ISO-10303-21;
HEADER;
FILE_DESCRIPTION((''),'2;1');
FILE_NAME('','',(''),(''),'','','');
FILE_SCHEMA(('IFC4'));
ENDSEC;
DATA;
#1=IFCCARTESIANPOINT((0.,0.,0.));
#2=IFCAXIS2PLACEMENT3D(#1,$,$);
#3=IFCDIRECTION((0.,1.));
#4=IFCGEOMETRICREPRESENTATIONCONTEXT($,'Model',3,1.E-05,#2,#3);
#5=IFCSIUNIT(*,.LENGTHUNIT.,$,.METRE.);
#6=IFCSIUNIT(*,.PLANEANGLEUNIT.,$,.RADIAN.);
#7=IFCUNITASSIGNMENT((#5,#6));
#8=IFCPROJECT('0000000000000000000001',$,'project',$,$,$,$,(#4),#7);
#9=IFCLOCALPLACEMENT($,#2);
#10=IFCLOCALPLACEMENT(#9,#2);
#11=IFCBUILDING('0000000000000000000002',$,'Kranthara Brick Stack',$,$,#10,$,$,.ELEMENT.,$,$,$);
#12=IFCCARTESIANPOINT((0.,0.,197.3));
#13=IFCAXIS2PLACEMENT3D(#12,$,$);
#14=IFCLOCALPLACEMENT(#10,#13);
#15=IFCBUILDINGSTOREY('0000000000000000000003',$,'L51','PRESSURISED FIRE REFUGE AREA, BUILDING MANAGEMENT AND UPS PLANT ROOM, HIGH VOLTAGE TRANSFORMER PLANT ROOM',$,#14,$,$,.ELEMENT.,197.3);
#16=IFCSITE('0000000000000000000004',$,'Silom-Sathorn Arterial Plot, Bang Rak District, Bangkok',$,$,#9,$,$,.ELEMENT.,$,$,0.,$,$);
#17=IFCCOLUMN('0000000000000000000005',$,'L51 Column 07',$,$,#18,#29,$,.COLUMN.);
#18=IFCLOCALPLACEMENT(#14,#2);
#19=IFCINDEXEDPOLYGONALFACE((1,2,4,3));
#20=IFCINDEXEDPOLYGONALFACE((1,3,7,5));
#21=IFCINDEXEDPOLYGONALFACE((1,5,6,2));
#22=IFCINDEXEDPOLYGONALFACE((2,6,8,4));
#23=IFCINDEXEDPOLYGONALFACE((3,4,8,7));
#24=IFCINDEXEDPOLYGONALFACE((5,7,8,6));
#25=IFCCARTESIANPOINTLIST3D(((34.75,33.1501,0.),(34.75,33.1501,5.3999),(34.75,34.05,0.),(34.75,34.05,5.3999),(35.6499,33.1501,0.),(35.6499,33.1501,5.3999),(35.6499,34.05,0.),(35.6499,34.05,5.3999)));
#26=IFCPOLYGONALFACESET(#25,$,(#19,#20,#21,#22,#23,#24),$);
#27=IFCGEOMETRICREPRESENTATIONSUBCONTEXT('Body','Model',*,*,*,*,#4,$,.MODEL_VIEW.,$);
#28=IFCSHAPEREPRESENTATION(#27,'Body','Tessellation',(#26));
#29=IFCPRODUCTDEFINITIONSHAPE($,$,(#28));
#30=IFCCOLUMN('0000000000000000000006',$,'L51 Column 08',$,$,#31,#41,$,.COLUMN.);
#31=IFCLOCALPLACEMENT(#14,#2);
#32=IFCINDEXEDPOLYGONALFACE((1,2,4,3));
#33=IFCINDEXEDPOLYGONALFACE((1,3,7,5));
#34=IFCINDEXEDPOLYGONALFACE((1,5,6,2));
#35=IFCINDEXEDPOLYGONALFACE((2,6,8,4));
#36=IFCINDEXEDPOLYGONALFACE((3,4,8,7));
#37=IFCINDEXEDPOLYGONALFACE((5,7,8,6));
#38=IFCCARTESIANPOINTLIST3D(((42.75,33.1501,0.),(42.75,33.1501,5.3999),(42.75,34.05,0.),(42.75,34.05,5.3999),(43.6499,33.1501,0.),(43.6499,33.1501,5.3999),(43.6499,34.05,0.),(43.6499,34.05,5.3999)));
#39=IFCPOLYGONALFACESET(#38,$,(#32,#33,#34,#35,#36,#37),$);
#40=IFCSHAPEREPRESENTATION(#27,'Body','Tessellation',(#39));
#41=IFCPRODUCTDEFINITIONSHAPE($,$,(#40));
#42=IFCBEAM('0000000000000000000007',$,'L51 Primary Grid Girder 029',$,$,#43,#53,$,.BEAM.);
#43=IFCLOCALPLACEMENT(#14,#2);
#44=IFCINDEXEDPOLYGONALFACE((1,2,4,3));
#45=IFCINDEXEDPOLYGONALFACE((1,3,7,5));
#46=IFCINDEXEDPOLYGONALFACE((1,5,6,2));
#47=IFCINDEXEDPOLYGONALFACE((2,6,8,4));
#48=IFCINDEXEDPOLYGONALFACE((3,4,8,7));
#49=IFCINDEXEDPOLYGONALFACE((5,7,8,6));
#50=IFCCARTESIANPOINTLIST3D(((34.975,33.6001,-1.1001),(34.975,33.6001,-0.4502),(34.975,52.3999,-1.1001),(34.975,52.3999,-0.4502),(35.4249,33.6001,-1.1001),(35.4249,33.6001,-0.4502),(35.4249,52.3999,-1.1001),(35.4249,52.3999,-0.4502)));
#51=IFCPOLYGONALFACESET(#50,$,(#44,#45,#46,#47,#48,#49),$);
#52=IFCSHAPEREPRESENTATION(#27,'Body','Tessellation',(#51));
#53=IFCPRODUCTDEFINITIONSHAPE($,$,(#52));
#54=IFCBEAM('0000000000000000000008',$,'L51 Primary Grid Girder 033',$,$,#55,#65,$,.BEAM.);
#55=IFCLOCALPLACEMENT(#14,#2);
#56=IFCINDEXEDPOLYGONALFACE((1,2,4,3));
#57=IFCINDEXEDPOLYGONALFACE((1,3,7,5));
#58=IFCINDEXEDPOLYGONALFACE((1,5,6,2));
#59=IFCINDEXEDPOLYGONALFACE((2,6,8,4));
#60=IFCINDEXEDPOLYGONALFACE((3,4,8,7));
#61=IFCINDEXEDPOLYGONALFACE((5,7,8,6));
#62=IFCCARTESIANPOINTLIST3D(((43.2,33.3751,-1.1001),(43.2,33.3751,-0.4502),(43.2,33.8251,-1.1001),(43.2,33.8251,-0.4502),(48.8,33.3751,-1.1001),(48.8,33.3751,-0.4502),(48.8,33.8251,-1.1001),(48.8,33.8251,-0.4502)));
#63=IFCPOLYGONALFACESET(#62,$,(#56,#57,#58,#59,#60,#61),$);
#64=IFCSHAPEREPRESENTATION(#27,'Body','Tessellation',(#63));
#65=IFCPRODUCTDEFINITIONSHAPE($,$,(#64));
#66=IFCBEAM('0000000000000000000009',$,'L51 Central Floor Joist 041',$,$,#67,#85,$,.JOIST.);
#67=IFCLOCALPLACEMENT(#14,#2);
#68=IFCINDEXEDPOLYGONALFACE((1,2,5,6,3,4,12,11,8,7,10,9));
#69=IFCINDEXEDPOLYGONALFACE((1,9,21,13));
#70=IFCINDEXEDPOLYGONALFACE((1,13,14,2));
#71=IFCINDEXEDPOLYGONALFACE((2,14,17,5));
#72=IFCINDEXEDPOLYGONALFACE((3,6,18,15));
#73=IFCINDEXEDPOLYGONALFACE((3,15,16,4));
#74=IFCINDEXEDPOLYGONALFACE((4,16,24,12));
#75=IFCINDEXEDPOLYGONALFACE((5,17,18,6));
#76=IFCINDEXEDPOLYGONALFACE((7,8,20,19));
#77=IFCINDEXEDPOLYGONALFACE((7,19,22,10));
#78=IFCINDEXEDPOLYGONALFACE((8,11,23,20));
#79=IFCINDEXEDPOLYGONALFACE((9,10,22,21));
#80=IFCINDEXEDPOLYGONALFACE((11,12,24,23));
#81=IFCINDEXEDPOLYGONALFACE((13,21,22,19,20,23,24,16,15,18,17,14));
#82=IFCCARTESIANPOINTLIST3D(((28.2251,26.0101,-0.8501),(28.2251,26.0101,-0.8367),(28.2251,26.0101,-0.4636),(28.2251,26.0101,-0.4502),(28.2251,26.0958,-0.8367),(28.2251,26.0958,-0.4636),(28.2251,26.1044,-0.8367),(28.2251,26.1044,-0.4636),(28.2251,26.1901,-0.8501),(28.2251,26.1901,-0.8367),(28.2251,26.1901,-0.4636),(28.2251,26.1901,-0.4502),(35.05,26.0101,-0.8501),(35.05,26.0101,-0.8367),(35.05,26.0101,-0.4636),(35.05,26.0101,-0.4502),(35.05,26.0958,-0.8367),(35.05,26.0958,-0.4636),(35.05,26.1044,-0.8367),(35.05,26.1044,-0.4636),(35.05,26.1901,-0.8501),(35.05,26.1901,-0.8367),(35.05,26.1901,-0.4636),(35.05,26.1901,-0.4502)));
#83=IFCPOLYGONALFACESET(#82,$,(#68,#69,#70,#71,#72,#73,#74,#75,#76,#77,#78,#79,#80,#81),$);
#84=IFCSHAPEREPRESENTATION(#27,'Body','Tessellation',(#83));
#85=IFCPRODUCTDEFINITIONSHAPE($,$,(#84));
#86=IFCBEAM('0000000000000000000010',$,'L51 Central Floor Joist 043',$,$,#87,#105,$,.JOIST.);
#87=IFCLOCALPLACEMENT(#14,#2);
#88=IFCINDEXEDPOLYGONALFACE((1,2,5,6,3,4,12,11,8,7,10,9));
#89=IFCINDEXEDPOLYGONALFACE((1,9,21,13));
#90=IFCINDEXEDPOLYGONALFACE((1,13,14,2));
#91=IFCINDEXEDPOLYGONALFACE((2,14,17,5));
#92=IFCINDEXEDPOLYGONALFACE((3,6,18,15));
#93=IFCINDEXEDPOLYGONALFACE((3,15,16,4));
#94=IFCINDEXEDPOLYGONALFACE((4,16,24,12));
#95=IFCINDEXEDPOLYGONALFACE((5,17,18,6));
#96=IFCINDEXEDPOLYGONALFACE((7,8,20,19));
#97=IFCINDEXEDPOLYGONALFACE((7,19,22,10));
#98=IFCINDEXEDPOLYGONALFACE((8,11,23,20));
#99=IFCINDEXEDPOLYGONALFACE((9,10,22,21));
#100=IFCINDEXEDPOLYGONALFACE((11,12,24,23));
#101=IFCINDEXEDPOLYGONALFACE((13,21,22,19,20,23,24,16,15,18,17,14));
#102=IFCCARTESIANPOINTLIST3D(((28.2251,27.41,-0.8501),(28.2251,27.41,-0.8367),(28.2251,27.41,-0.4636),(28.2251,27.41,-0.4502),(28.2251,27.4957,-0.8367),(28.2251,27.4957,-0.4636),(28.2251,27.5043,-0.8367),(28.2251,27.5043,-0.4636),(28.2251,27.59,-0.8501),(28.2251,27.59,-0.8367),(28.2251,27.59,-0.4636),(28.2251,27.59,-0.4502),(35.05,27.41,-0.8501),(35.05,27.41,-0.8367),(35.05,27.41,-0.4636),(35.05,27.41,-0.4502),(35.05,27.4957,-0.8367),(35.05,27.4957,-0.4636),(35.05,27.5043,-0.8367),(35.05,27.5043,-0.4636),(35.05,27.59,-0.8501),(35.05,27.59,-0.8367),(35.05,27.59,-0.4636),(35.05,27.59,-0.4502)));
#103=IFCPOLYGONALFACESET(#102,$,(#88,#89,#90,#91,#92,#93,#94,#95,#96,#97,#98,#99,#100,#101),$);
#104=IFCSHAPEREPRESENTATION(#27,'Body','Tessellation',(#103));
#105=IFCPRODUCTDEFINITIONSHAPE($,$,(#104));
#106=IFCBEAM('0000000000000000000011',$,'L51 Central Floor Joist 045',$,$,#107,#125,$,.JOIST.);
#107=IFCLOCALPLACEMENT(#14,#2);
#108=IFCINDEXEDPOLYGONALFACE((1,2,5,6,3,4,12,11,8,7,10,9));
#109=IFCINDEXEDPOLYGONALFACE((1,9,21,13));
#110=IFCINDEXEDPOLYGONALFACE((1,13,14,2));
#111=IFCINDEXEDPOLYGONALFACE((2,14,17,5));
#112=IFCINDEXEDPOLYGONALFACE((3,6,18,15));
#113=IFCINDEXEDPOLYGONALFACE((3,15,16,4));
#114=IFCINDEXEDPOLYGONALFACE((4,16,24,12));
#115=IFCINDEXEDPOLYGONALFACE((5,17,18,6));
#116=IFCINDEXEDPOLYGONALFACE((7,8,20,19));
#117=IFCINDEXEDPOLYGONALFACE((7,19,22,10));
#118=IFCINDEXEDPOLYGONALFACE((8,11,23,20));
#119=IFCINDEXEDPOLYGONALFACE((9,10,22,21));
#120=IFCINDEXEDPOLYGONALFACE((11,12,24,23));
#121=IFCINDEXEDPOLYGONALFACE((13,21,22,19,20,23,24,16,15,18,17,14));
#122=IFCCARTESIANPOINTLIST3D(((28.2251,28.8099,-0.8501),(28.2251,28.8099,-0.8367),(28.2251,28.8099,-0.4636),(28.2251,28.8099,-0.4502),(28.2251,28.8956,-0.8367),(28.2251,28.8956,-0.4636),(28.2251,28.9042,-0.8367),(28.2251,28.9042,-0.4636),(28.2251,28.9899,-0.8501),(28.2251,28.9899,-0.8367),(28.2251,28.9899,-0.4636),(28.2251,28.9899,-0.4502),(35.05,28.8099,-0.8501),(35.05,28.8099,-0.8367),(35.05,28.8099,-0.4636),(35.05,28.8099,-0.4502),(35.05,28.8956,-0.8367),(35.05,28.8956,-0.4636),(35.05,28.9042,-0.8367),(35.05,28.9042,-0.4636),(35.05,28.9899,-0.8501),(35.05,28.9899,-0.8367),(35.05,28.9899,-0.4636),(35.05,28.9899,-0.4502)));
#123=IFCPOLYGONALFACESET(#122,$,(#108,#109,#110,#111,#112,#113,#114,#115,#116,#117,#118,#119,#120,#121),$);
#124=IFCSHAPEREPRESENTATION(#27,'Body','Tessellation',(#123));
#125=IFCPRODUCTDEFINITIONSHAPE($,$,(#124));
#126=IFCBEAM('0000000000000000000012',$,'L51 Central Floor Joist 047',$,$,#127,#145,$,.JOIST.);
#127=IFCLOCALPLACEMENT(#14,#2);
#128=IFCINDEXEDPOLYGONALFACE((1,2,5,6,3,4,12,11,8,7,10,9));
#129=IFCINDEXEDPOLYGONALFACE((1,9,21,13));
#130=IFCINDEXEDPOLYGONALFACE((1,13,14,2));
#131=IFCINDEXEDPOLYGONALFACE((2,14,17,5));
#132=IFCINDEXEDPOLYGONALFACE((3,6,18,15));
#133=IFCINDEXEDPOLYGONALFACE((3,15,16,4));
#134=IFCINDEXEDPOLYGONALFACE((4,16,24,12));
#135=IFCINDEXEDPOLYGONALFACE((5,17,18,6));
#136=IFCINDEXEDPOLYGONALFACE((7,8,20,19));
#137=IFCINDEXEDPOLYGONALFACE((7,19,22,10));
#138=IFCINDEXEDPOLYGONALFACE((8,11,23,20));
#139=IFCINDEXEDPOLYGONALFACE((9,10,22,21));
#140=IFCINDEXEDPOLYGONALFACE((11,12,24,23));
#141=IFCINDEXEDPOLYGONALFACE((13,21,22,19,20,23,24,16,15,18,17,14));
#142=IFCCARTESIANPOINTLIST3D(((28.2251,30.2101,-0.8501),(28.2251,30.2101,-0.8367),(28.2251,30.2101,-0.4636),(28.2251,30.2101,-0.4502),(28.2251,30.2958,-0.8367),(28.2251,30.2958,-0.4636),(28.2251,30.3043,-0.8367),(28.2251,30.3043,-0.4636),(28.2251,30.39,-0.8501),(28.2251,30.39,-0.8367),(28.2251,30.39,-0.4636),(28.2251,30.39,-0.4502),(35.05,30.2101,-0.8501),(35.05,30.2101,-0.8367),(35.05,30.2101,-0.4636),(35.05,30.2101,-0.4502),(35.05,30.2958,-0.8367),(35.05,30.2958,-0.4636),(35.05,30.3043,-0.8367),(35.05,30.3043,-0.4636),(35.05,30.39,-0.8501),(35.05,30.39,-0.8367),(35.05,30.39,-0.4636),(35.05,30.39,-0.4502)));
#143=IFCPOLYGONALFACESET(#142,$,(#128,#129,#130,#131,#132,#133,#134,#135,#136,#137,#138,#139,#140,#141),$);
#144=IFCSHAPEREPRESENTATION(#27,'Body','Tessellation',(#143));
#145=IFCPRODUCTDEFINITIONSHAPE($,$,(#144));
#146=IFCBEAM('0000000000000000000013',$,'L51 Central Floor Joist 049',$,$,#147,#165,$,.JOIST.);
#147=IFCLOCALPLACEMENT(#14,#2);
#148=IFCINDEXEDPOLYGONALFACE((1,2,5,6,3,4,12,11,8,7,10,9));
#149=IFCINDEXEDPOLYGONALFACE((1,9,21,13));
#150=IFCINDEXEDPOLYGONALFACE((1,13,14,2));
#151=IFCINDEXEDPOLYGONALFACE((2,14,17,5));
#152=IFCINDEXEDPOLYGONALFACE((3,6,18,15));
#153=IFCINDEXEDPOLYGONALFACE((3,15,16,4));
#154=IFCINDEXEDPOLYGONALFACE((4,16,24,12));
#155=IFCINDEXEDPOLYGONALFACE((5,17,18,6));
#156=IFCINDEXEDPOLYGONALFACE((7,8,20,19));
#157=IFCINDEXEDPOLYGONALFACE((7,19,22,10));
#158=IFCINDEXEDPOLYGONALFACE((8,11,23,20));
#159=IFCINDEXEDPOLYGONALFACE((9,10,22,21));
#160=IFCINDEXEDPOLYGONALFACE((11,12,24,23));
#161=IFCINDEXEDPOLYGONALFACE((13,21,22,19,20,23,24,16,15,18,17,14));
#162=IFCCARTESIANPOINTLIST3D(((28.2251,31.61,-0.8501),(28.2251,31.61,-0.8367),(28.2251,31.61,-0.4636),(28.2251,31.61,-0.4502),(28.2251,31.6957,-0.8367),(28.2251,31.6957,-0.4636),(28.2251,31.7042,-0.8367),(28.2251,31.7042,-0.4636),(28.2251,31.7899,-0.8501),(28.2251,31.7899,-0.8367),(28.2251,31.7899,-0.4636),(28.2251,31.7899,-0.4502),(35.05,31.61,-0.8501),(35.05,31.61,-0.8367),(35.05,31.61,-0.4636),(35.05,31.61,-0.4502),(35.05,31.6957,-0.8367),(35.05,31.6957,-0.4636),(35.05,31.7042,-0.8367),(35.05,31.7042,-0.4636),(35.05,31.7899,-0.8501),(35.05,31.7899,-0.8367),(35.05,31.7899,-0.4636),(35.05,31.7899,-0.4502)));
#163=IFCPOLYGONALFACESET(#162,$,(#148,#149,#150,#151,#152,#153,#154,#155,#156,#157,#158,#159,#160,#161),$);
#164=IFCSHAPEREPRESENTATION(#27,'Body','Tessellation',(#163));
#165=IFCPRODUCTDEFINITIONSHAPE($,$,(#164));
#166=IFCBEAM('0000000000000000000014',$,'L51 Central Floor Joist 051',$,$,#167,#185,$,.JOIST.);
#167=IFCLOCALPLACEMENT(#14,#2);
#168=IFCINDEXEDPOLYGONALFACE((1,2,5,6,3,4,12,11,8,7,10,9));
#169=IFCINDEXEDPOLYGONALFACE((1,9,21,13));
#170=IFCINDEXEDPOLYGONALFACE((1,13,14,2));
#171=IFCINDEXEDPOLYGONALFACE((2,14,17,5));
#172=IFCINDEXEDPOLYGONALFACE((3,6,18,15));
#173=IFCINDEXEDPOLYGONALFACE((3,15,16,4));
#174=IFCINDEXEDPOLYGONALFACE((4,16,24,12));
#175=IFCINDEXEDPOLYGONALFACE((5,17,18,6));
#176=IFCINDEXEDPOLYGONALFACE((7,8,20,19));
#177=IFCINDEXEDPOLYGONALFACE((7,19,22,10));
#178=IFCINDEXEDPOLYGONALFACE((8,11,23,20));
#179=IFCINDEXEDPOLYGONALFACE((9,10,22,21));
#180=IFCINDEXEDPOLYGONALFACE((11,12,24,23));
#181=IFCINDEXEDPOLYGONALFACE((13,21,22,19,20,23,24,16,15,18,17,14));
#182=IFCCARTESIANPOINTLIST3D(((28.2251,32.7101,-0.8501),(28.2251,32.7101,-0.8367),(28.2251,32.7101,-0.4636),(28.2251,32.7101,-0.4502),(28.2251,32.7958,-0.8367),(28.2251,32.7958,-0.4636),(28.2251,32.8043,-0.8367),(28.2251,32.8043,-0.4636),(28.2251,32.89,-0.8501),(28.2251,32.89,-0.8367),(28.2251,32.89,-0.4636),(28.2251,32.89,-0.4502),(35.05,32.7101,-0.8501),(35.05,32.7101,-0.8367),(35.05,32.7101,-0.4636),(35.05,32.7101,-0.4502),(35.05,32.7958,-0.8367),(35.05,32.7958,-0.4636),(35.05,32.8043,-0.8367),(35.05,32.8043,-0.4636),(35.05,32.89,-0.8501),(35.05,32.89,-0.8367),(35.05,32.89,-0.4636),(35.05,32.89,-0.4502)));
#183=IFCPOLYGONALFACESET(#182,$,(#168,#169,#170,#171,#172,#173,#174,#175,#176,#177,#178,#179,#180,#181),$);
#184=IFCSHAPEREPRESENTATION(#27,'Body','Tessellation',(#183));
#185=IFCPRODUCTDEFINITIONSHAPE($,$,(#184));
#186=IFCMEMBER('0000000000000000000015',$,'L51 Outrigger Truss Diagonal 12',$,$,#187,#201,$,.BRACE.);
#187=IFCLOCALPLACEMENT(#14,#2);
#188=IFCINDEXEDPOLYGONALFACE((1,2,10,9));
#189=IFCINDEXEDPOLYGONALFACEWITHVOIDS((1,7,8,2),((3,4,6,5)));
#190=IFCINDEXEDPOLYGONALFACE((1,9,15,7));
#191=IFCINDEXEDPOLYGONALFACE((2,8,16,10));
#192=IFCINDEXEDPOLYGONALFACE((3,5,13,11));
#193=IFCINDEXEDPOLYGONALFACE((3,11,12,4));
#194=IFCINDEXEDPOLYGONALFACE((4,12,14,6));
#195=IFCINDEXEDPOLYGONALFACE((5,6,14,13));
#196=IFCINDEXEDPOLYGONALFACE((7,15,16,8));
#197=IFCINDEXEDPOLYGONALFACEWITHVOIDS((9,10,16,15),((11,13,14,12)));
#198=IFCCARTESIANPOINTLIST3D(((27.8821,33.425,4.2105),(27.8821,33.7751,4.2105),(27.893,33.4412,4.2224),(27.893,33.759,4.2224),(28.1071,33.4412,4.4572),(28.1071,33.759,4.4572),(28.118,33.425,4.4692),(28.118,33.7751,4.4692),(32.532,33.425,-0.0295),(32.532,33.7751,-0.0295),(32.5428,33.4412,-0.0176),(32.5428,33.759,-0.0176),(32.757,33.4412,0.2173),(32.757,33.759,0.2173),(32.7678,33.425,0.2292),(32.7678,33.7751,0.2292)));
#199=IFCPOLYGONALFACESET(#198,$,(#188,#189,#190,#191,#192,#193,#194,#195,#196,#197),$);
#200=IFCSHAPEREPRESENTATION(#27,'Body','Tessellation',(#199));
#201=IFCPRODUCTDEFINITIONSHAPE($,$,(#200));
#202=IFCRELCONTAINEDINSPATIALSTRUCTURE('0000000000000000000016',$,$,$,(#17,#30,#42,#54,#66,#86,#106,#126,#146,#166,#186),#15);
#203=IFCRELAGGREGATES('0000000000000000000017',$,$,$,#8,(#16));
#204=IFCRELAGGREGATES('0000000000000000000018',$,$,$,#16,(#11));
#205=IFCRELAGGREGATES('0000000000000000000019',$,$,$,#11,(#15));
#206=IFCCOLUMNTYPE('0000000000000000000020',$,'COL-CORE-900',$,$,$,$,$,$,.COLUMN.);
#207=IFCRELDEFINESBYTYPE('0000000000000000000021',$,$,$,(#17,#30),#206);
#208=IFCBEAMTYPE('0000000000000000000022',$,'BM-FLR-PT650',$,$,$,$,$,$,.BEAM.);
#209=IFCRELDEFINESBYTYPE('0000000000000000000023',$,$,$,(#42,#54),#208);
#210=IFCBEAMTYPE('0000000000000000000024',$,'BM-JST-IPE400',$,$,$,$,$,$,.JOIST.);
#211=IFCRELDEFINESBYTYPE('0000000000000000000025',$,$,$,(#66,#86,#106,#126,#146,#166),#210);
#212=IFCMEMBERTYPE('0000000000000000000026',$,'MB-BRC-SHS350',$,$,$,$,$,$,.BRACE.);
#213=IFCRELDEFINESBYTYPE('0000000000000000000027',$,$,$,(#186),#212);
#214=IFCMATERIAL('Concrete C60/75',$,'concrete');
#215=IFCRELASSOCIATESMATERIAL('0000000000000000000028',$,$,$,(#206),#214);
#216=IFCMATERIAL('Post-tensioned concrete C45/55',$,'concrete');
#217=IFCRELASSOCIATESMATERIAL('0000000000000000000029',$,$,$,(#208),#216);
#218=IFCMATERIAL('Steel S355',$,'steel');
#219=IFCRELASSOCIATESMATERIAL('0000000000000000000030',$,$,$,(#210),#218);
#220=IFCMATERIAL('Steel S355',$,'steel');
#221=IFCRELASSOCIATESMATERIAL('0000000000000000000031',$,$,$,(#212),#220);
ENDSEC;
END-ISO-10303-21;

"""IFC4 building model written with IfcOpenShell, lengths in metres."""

from ifc_helpers import new_model, si_unit, direction, frame, origin, origin_2d, place, context, subcontext, project, spatial, rectangle, hollow_rectangle, i_section, extrude, material, material_profile, profile_set, type_object, element, save


model = new_model("IFC4")

# Units and contexts
model_context = context("Model", 3, precision=1e-05, world=origin(), true_north=direction((0.0, 1.0)))
body_context = subcontext(model_context, "Body", "Model", "MODEL_VIEW")
ifc_project = project(units=[si_unit("LENGTHUNIT", "METRE"), si_unit("PLANEANGLEUNIT", "RADIAN")], contexts=[model_context])

# Site, building, storey
site_placement = place(None, origin())
site = spatial("IfcSite", under=ifc_project, at=site_placement, Name="Silom-Sathorn Arterial Plot, Bang Rak District, Bangkok", CompositionType="ELEMENT", RefElevation=0.0)
building_placement = place(site_placement, origin())
building = spatial("IfcBuilding", under=site, at=building_placement, Name="Kranthara Brick Stack", CompositionType="ELEMENT")
storey_placement = place(building_placement, frame((0.0, 0.0, 197.3)))
storey = spatial("IfcBuildingStorey", under=building, at=storey_placement, Name="L51", Description="PRESSURISED FIRE REFUGE AREA, BUILDING MANAGEMENT AND UPS PLANT ROOM, HIGH VOLTAGE TRANSFORMER PLANT ROOM", CompositionType="ELEMENT", Elevation=197.3)

# Columns
ifc_material_1 = material(Name="Concrete C60/75", Category="concrete")
ifc_material_profile_1 = material_profile(ifc_material_1, rectangle(XDim=0.8999, YDim=0.8999, at=origin_2d()), Name="RC 900x900")
ifc_profile_set_1 = profile_set([ifc_material_profile_1], Name="Concrete C60/75")
column_type = type_object("IfcColumnType", Name="COL-CORE-900", PredefinedType="COLUMN", material=ifc_profile_set_1)
for number, where, z_axis, x_axis, name in (
    (1, (35.2, 33.6001, 0.0), (0.0, 0.0, 1.0), (1.0, 0.0, 0.0), "L51 Column 07"),
    (2, (43.2, 33.6001, 0.0), (0.0, 0.0, 1.0), (1.0, 0.0, 0.0), "L51 Column 08"),
):
    element("IfcColumn", number, at=place(storey_placement, frame(where, z_axis=z_axis, x_axis=x_axis)), inside=storey, type_object=column_type, Name=name, PredefinedType="COLUMN", context=body_context, shape_type="SweptSolid", body=[
        extrude(rectangle(XDim=0.8999, YDim=0.8999, at=origin_2d()), origin(), (0.0, 0.0, 1.0), 5.3999),
    ])

# Beams
ifc_material_2 = material(Name="Post-tensioned concrete C45/55", Category="concrete")
ifc_material_profile_2 = material_profile(ifc_material_2, rectangle(XDim=0.45, YDim=0.6499, at=origin_2d()), Name="PT 450x650")
ifc_profile_set_2 = profile_set([ifc_material_profile_2], Name="Post-tensioned concrete C45/55")
beam_type_1 = type_object("IfcBeamType", Name="BM-FLR-PT650", PredefinedType="BEAM", material=ifc_profile_set_2)
beam_1_placement = place(storey_placement, frame((35.2, 33.6001, -0.7751), z_axis=(0.0, 1.0, 0.0), x_axis=(-1.0, 0.0, 0.0)))
element("IfcBeam", 3, at=beam_1_placement, inside=storey, type_object=beam_type_1, Name="L51 Primary Grid Girder 029", PredefinedType="BEAM", context=body_context, shape_type="SweptSolid", body=[
    extrude(rectangle(XDim=0.45, YDim=0.6499, at=origin_2d()), origin(), (0.0, 0.0, 1.0), 18.7998),
])
beam_2_placement = place(storey_placement, frame((43.2, 33.6001, -0.7751), z_axis=(1.0, 0.0, 0.0), x_axis=(0.0, 1.0, 0.0)))
element("IfcBeam", 4, at=beam_2_placement, inside=storey, type_object=beam_type_1, Name="L51 Primary Grid Girder 033", PredefinedType="BEAM", context=body_context, shape_type="SweptSolid", body=[
    extrude(rectangle(XDim=0.45, YDim=0.6499, at=origin_2d()), origin(), (0.0, 0.0, 1.0), 5.6001),
])
ifc_material_3 = material(Name="Steel S355", Category="steel")
ifc_material_profile_3 = material_profile(ifc_material_3, i_section(OverallWidth=0.1799, OverallDepth=0.3999, WebThickness=0.0085, FlangeThickness=0.0134, at=origin_2d()), Name="IPE 400")
ifc_profile_set_3 = profile_set([ifc_material_profile_3], Name="Steel S355")
beam_type_2 = type_object("IfcBeamType", Name="BM-JST-IPE400", PredefinedType="JOIST", material=ifc_profile_set_3)
for number, where, z_axis, x_axis, name in (
    (5, (28.2251, 26.1001, -0.6501), (1.0, 0.0, 0.0), (0.0, 1.0, 0.0), "L51 Central Floor Joist 041"),
    (6, (28.2251, 27.5, -0.6501), (1.0, 0.0, 0.0), (0.0, 1.0, 0.0), "L51 Central Floor Joist 043"),
    (7, (28.2251, 28.8999, -0.6501), (1.0, 0.0, 0.0), (0.0, 1.0, 0.0), "L51 Central Floor Joist 045"),
    (8, (28.2251, 30.3, -0.6501), (1.0, 0.0, 0.0), (0.0, 1.0, 0.0), "L51 Central Floor Joist 047"),
    (9, (28.2251, 31.7, -0.6501), (1.0, 0.0, 0.0), (0.0, 1.0, 0.0), "L51 Central Floor Joist 049"),
    (10, (28.2251, 32.8, -0.6501), (1.0, 0.0, 0.0), (0.0, 1.0, 0.0), "L51 Central Floor Joist 051"),
):
    element("IfcBeam", number, at=place(storey_placement, frame(where, z_axis=z_axis, x_axis=x_axis)), inside=storey, type_object=beam_type_2, Name=name, PredefinedType="JOIST", context=body_context, shape_type="SweptSolid", body=[
        extrude(i_section(OverallWidth=0.1799, OverallDepth=0.3999, WebThickness=0.0085, FlangeThickness=0.0134, at=origin_2d()), origin(), (0.0, 0.0, 1.0), 6.825),
    ])

# Member
ifc_material_4 = material(Name="Steel S355", Category="steel")
ifc_material_profile_4 = material_profile(ifc_material_4, hollow_rectangle(XDim=0.3501, YDim=0.3501, WallThickness=0.0161, at=origin_2d()), Name="SHS 350x350x16")
ifc_profile_set_4 = profile_set([ifc_material_profile_4], Name="Steel S355")
member_type = type_object("IfcMemberType", Name="MB-BRC-SHS350", PredefinedType="BRACE", material=ifc_profile_set_4)
member_placement = place(storey_placement, frame((32.6499, 33.6001, 0.0999), z_axis=(-0.738926, 0.0, 0.673786), x_axis=(0.0, -1.0, 0.0)))
element("IfcMember", 11, at=member_placement, inside=storey, type_object=member_type, Name="L51 Outrigger Truss Diagonal 12", PredefinedType="BRACE", context=body_context, shape_type="SweptSolid", body=[
    extrude(hollow_rectangle(XDim=0.3501, YDim=0.3501, WallThickness=0.0161, at=origin_2d()), origin(), (0.0, 0.0, 1.0), 6.2927),
])

save(model, "model.ifc")
